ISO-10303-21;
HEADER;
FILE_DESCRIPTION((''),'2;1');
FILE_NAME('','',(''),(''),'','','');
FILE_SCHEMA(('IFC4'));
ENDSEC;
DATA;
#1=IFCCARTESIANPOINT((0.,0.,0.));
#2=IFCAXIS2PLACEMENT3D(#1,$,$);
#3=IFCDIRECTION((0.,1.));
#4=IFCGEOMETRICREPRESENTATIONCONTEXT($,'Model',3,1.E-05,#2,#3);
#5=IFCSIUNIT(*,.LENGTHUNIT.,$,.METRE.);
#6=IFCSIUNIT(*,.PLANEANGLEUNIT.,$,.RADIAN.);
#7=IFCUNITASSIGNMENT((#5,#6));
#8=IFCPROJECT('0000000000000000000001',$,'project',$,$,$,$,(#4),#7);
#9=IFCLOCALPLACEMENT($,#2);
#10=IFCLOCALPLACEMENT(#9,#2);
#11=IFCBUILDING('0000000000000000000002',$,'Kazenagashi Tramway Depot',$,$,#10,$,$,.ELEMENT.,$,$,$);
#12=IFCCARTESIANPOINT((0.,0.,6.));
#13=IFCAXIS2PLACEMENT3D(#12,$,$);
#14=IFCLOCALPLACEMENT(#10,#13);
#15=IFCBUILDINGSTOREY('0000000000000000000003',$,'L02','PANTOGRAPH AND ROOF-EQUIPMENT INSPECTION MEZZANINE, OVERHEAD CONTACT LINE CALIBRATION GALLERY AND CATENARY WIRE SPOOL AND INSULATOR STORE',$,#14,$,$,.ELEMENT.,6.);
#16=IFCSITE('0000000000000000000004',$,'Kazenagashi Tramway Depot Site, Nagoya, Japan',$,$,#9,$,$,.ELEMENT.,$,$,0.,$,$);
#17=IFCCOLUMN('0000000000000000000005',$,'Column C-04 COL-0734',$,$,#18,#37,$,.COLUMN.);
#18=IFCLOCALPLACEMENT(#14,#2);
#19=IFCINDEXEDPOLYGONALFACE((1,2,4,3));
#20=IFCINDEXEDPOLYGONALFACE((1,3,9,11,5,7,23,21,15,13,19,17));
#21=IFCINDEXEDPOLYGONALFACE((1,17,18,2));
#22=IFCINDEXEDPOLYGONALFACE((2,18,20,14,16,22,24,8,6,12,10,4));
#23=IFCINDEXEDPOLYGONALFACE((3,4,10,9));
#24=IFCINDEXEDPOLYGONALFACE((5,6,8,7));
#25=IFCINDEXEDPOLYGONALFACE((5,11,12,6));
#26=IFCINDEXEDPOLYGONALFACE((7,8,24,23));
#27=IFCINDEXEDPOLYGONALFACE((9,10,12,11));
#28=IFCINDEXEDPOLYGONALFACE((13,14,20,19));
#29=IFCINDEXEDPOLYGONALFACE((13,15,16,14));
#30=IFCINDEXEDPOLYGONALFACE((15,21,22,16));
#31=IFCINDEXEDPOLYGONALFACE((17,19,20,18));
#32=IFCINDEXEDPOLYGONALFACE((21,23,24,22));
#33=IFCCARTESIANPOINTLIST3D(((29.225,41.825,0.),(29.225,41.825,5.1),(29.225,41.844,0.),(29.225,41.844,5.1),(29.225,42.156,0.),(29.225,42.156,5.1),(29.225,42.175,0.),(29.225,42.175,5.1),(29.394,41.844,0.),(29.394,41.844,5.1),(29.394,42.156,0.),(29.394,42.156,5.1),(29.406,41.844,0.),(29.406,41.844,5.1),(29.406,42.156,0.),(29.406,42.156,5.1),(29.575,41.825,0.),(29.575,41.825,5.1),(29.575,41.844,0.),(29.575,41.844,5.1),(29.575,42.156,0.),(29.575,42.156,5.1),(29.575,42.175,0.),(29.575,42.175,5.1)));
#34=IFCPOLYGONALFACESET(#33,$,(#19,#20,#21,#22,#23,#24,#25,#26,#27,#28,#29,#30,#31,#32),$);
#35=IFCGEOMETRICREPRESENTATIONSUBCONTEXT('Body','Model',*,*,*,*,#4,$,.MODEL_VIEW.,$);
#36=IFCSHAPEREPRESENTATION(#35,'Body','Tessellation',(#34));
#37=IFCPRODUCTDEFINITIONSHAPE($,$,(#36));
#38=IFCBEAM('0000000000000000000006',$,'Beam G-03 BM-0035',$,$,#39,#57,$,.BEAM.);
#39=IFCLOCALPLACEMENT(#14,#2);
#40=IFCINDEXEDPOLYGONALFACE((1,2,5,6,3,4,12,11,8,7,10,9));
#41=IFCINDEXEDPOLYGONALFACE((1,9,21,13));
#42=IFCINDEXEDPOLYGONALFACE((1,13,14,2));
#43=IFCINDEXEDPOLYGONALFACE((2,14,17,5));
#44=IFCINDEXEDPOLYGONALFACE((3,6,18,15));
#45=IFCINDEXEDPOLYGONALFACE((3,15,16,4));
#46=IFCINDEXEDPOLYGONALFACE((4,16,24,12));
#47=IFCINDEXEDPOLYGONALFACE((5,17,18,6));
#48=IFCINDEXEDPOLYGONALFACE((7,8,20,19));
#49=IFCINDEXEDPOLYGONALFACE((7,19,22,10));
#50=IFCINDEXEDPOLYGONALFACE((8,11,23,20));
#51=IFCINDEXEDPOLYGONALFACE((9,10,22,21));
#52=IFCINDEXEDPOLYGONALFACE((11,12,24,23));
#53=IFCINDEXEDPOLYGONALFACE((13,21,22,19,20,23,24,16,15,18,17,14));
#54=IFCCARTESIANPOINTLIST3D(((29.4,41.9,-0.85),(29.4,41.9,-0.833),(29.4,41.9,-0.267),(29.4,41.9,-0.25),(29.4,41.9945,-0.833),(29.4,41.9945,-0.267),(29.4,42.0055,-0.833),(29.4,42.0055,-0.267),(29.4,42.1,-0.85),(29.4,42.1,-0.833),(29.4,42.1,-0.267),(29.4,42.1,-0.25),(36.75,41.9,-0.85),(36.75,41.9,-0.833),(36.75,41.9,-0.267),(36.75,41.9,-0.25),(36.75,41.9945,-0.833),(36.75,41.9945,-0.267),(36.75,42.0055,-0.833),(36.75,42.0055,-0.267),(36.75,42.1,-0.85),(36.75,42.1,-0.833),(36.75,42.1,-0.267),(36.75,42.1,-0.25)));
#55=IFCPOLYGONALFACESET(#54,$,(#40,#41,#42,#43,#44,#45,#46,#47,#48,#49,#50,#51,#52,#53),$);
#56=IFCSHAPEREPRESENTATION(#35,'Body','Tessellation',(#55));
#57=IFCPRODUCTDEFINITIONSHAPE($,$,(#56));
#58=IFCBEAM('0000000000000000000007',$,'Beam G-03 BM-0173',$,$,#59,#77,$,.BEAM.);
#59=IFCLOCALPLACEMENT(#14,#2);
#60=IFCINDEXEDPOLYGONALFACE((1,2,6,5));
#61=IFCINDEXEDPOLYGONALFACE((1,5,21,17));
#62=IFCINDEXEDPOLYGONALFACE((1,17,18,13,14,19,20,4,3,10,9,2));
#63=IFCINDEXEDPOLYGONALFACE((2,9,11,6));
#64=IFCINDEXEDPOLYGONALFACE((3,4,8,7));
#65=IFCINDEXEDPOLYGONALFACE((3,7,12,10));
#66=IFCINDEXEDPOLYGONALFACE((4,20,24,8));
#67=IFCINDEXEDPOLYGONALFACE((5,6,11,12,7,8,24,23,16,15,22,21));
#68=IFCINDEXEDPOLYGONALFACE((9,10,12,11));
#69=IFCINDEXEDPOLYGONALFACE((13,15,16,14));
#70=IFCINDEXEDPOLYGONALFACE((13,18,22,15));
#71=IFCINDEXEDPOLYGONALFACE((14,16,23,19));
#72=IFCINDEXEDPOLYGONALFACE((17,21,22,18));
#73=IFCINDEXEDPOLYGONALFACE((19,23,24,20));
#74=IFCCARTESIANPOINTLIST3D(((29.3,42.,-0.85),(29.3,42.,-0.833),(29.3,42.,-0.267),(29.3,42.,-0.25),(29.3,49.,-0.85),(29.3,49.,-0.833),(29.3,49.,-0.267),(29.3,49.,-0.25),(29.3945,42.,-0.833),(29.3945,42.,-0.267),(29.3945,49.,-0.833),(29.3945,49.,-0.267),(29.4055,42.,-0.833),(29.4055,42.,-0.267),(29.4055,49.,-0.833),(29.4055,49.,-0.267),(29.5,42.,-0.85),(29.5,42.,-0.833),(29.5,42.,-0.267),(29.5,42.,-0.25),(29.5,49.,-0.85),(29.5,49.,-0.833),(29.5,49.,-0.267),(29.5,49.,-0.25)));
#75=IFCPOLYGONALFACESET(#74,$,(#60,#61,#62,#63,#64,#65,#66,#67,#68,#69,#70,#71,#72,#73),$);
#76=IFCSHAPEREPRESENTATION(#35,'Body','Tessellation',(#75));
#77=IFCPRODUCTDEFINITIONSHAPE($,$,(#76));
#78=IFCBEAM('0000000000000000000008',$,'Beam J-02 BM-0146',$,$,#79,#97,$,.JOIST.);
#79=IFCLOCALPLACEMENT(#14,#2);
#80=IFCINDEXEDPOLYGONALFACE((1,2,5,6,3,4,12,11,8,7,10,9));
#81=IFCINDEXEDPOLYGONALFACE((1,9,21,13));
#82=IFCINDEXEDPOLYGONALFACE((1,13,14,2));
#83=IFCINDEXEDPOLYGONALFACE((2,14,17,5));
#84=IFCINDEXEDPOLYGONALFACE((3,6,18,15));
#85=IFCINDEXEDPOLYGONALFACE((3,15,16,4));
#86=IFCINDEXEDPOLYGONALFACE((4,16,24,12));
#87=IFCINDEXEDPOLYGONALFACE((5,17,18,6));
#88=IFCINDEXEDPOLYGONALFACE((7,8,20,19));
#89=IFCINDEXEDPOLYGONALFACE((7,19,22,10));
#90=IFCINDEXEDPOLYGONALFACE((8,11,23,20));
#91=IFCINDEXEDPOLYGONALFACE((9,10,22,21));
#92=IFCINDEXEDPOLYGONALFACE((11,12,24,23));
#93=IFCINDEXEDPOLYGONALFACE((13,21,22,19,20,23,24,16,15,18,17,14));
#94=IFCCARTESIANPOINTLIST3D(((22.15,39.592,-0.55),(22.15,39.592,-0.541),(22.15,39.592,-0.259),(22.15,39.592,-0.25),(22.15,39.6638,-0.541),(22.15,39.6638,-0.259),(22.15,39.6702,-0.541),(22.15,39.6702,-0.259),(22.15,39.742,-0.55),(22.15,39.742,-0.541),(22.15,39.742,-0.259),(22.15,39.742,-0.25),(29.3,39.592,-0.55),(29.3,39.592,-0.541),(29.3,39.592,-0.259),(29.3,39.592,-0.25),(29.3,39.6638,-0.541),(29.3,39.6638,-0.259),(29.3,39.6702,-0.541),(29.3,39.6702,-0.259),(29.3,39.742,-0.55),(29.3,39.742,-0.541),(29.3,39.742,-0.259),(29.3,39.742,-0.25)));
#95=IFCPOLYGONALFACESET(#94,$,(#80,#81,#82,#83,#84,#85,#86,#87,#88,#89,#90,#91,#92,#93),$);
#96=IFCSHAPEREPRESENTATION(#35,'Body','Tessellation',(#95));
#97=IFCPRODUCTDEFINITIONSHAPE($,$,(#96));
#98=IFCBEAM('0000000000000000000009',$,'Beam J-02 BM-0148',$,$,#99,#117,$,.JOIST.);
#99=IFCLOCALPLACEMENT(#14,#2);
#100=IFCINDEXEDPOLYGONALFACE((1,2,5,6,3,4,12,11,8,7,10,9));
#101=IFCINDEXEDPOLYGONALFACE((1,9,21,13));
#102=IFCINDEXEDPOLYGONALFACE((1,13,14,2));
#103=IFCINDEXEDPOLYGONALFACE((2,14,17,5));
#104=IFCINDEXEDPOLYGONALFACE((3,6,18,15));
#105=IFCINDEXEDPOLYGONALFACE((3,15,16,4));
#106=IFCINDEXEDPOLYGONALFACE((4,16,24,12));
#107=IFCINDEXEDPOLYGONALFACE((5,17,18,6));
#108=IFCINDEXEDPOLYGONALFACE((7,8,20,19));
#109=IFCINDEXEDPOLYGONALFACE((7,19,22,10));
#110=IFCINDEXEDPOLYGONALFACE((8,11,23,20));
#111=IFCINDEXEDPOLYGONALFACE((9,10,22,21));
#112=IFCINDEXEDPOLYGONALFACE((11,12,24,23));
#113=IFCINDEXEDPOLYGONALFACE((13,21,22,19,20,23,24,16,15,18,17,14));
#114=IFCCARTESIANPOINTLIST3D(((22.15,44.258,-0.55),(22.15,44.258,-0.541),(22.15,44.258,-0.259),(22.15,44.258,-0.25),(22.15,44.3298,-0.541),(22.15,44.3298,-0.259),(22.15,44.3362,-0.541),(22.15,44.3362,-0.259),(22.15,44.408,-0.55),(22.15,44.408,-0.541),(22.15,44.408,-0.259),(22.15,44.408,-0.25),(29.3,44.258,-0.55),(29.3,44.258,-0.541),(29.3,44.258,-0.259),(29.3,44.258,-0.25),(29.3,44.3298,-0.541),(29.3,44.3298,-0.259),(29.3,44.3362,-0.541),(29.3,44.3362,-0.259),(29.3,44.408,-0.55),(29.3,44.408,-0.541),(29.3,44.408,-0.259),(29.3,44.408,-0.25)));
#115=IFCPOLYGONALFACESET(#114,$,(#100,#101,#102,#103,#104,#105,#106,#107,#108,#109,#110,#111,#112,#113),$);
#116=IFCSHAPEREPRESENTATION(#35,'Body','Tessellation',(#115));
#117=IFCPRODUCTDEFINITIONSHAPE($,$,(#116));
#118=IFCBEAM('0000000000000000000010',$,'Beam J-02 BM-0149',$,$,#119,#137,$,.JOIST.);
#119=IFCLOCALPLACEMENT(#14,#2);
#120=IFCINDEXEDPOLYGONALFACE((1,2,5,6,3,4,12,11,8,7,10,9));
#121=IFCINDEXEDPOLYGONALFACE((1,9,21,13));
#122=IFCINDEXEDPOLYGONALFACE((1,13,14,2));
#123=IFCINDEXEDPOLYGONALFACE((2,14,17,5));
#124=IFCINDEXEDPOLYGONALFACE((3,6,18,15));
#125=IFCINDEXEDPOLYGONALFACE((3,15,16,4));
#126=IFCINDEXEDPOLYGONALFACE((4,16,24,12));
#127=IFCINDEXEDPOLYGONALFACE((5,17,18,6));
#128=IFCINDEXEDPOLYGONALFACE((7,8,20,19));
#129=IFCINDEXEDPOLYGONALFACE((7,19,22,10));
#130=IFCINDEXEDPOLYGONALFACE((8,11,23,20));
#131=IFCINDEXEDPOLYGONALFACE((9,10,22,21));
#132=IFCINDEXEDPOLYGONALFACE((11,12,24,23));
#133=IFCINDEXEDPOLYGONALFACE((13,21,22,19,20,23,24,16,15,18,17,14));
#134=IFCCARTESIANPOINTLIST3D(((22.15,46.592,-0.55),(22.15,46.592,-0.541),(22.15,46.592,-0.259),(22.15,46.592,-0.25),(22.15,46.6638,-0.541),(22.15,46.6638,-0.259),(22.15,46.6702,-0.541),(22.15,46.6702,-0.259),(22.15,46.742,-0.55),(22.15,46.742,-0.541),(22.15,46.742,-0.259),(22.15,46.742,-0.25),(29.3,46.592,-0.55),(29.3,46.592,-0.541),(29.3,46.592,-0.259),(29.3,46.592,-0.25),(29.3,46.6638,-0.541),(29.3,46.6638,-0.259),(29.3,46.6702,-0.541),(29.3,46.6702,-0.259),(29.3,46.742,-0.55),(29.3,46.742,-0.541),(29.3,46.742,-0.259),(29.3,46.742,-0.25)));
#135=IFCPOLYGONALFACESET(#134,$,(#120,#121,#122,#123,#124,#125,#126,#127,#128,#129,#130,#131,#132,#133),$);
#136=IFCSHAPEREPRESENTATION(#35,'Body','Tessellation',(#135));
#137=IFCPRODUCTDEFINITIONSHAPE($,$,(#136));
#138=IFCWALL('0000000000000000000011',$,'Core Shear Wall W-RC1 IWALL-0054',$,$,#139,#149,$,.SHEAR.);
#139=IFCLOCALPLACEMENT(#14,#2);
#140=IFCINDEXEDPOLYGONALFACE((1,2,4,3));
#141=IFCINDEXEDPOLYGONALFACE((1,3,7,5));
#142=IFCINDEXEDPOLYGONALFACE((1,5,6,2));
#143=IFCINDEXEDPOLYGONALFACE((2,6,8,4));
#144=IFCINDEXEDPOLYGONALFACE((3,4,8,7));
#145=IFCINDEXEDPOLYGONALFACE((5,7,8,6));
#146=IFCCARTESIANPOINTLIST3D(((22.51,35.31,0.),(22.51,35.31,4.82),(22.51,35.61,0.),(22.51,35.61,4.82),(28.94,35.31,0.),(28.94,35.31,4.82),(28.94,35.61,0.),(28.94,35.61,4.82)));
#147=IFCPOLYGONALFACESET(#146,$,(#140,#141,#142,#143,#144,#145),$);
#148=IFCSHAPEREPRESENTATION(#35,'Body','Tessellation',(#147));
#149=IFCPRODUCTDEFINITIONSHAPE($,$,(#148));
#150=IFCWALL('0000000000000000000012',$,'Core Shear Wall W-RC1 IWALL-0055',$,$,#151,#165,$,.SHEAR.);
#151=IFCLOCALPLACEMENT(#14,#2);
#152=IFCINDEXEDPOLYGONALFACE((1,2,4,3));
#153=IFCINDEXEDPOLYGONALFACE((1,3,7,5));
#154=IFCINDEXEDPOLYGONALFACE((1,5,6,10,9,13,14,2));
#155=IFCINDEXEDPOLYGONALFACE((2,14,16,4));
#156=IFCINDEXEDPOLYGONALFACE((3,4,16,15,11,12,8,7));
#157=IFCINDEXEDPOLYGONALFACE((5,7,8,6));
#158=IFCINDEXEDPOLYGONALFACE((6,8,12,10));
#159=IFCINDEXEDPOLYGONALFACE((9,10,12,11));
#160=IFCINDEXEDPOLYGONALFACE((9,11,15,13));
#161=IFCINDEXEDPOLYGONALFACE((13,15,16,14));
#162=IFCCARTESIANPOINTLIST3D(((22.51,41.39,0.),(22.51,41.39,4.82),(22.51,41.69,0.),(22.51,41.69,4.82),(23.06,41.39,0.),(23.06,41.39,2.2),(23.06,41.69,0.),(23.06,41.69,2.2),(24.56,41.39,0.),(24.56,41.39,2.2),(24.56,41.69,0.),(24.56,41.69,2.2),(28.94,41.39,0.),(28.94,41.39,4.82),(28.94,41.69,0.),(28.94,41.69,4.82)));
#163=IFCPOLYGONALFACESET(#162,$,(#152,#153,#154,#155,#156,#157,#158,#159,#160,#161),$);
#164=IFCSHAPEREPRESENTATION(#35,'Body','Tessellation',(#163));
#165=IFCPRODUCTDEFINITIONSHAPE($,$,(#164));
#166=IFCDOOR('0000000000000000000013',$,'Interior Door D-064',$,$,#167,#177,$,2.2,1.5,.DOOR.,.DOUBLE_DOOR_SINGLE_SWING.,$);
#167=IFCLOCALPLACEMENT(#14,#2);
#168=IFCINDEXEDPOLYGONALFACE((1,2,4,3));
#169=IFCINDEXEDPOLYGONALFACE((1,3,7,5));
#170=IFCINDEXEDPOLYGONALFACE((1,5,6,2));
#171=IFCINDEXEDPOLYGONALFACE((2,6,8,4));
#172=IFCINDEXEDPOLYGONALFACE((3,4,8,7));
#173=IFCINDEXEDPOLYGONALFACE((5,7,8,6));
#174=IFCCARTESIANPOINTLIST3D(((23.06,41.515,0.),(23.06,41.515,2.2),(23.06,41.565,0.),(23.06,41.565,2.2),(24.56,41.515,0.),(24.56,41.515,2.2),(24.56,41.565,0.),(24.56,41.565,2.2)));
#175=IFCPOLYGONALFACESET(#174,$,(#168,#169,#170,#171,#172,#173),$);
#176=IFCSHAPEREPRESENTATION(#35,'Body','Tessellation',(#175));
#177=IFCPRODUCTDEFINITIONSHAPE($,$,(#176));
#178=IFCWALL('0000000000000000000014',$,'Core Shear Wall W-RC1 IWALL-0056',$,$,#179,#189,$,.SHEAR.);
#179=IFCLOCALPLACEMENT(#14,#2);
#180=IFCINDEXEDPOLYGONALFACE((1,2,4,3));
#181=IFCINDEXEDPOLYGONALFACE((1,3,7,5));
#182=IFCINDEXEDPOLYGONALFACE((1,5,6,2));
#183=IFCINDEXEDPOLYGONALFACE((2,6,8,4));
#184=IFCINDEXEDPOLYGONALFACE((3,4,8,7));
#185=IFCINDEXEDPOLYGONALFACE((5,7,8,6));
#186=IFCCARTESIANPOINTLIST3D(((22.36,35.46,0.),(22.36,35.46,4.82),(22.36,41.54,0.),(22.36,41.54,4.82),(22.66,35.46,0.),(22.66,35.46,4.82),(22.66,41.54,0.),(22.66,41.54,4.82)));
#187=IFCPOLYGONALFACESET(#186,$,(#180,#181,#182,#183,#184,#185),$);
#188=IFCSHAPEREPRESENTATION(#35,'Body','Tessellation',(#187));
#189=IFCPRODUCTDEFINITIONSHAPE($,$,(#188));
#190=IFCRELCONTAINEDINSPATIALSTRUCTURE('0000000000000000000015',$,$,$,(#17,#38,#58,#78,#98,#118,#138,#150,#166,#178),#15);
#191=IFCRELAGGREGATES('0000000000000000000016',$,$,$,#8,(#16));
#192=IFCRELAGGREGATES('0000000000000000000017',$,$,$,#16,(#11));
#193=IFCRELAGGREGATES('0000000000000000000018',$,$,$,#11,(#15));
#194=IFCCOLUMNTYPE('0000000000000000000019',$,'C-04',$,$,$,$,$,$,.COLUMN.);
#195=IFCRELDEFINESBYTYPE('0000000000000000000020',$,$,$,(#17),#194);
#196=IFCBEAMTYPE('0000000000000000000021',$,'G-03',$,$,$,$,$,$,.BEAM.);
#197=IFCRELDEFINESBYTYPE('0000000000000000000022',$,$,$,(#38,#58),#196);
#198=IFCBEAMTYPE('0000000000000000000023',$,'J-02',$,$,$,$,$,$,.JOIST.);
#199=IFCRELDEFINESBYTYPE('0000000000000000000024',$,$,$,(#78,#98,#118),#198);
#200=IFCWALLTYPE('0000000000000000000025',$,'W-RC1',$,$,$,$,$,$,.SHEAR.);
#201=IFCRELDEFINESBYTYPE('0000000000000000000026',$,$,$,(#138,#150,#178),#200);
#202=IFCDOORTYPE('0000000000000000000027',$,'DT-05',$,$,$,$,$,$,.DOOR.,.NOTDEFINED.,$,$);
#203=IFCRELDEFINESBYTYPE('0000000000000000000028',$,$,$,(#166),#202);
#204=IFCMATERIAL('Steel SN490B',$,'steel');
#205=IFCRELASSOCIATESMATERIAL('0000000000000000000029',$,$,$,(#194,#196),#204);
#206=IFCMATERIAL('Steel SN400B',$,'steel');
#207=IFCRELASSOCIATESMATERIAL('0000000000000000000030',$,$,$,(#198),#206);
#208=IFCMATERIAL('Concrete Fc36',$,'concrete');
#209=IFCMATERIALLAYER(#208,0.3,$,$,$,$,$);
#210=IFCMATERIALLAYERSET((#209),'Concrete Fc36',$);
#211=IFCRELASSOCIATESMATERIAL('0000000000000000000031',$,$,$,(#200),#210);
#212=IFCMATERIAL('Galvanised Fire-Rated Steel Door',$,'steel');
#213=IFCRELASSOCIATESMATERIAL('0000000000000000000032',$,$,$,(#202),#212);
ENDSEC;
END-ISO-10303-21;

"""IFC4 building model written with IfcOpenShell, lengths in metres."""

from ifc_helpers import new_model, si_unit, direction, frame, frame_2d, origin, origin_2d, place, context, subcontext, project, spatial, rectangle, i_section, extrude, material, layer, layer_set, material_profile, profile_set, type_object, element, fill, save


model = new_model("IFC4")

# Units and contexts
model_context = context("Model", 3, precision=1e-05, world=origin(), true_north=direction((0.0, 1.0)))
body_context = subcontext(model_context, "Body", "Model", "MODEL_VIEW")
ifc_project = project(units=[si_unit("LENGTHUNIT", "METRE"), si_unit("PLANEANGLEUNIT", "RADIAN")], contexts=[model_context])

# Site, building, storey
site_placement = place(None, origin())
site = spatial("IfcSite", under=ifc_project, at=site_placement, Name="Kazenagashi Tramway Depot Site, Nagoya, Japan", CompositionType="ELEMENT", RefElevation=0.0)
building_placement = place(site_placement, origin())
building = spatial("IfcBuilding", under=site, at=building_placement, Name="Kazenagashi Tramway Depot", CompositionType="ELEMENT")
storey_placement = place(building_placement, frame((0.0, 0.0, 6.0)))
storey = spatial("IfcBuildingStorey", under=building, at=storey_placement, Name="L02", Description="PANTOGRAPH AND ROOF-EQUIPMENT INSPECTION MEZZANINE, OVERHEAD CONTACT LINE CALIBRATION GALLERY AND CATENARY WIRE SPOOL AND INSULATOR STORE", CompositionType="ELEMENT", Elevation=6.0)

# Column
ifc_material_1 = material(Name="Steel SN490B", Category="steel")
ifc_material_profile_1 = material_profile(ifc_material_1, i_section(OverallWidth=0.35, OverallDepth=0.35, WebThickness=0.012, FlangeThickness=0.019, at=origin_2d()), Name="H-350x350x12x19")
ifc_profile_set_1 = profile_set([ifc_material_profile_1], Name="Steel SN490B")
column_type = type_object("IfcColumnType", Name="C-04", PredefinedType="COLUMN", material=ifc_profile_set_1)
column_placement = place(storey_placement, frame((29.4, 42.0, 0.0), z_axis=(0.0, 0.0, 1.0), x_axis=(1.0, 0.0, 0.0)))
element("IfcColumn", 1, at=column_placement, inside=storey, type_object=column_type, Name="Column C-04 COL-0734", PredefinedType="COLUMN", context=body_context, shape_type="SweptSolid", body=[
    extrude(i_section(OverallWidth=0.35, OverallDepth=0.35, WebThickness=0.012, FlangeThickness=0.019, at=origin_2d()), origin(), (0.0, 0.0, 1.0), 5.1),
])

# Beams
ifc_material_profile_2 = material_profile(ifc_material_1, i_section(OverallWidth=0.2, OverallDepth=0.6, WebThickness=0.011, FlangeThickness=0.017, at=origin_2d()), Name="H-600x200x11x17")
ifc_profile_set_2 = profile_set([ifc_material_profile_2], Name="Steel SN490B")
beam_type_1 = type_object("IfcBeamType", Name="G-03", PredefinedType="BEAM", material=ifc_profile_set_2)
beam_1_placement = place(storey_placement, frame((29.4, 42.0, -0.55), z_axis=(1.0, 0.0, 0.0), x_axis=(0.0, 1.0, 0.0)))
element("IfcBeam", 2, at=beam_1_placement, inside=storey, type_object=beam_type_1, Name="Beam G-03 BM-0035", PredefinedType="BEAM", context=body_context, shape_type="SweptSolid", body=[
    extrude(i_section(OverallWidth=0.2, OverallDepth=0.6, WebThickness=0.011, FlangeThickness=0.017, at=origin_2d()), origin(), (0.0, 0.0, 1.0), 7.35),
])
beam_2_placement = place(storey_placement, frame((29.4, 42.0, -0.55), z_axis=(0.0, 1.0, 0.0), x_axis=(-1.0, 0.0, 0.0)))
element("IfcBeam", 3, at=beam_2_placement, inside=storey, type_object=beam_type_1, Name="Beam G-03 BM-0173", PredefinedType="BEAM", context=body_context, shape_type="SweptSolid", body=[
    extrude(i_section(OverallWidth=0.2, OverallDepth=0.6, WebThickness=0.011, FlangeThickness=0.017, at=origin_2d()), origin(), (0.0, 0.0, 1.0), 7.0),
])
ifc_material_2 = material(Name="Steel SN400B", Category="steel")
ifc_material_profile_3 = material_profile(ifc_material_2, i_section(OverallWidth=0.15, OverallDepth=0.3, WebThickness=0.0065, FlangeThickness=0.009, at=origin_2d()), Name="H-300x150x6.5x9")
ifc_profile_set_3 = profile_set([ifc_material_profile_3], Name="Steel SN400B")
beam_type_2 = type_object("IfcBeamType", Name="J-02", PredefinedType="JOIST", material=ifc_profile_set_3)
for number, where, z_axis, x_axis, name in (
    (4, (22.15, 39.667, -0.4), (1.0, 0.0, 0.0), (0.0, 1.0, 0.0), "Beam J-02 BM-0146"),
    (5, (22.15, 44.333, -0.4), (1.0, 0.0, 0.0), (0.0, 1.0, 0.0), "Beam J-02 BM-0148"),
    (6, (22.15, 46.667, -0.4), (1.0, 0.0, 0.0), (0.0, 1.0, 0.0), "Beam J-02 BM-0149"),
):
    element("IfcBeam", number, at=place(storey_placement, frame(where, z_axis=z_axis, x_axis=x_axis)), inside=storey, type_object=beam_type_2, Name=name, PredefinedType="JOIST", context=body_context, shape_type="SweptSolid", body=[
        extrude(i_section(OverallWidth=0.15, OverallDepth=0.3, WebThickness=0.0065, FlangeThickness=0.009, at=origin_2d()), origin(), (0.0, 0.0, 1.0), 7.15),
    ])

# Wall
ifc_material_3 = material(Name="Concrete Fc36", Category="concrete")
ifc_layer_1 = layer(ifc_material_3, 0.3)
ifc_layer_set_1 = layer_set([ifc_layer_1], Name="Concrete Fc36")
wall_type = type_object("IfcWallType", Name="W-RC1", PredefinedType="SHEAR", material=ifc_layer_set_1)
wall_1_placement = place(storey_placement, frame((22.51, 35.46, 0.0), z_axis=(0.0, 0.0, 1.0), x_axis=(1.0, 0.0, 0.0)))
element("IfcWall", 7, at=wall_1_placement, inside=storey, type_object=wall_type, Name="Core Shear Wall W-RC1 IWALL-0054", PredefinedType="SHEAR", context=body_context, shape_type="SweptSolid", body=[
    extrude(rectangle(XDim=6.43, YDim=0.3, at=frame_2d((3.215, 0.0))), origin(), (0.0, 0.0, 1.0), 4.82),
])

# Wall, opening, door
wall_2_placement = place(storey_placement, frame((22.51, 41.54, 0.0), z_axis=(0.0, 0.0, 1.0), x_axis=(1.0, 0.0, 0.0)))
wall_2 = element("IfcWall", 8, at=wall_2_placement, inside=storey, type_object=wall_type, Name="Core Shear Wall W-RC1 IWALL-0055", PredefinedType="SHEAR", context=body_context, shape_type="SweptSolid", body=[
    extrude(rectangle(XDim=6.43, YDim=0.3, at=frame_2d((3.215, 0.0))), origin(), (0.0, 0.0, 1.0), 4.82),
])
opening_1_placement = place(wall_2_placement, frame((0.55, 0.0, 0.0)))
opening_1 = element("IfcOpeningElement", 9, at=opening_1_placement, cuts=wall_2, PredefinedType="OPENING", context=body_context, shape_type="SweptSolid", body=[
    extrude(rectangle(XDim=1.5, YDim=2.2, at=frame_2d((0.75, 1.1))), frame((0.0, 0.16, 0.0), z_axis=(0.0, -1.0, 0.0), x_axis=(1.0, 0.0, 0.0)), (0.0, 0.0, 1.0), 0.32),
])
ifc_material_4 = material(Name="Galvanised Fire-Rated Steel Door", Category="steel")
door_type_1 = type_object("IfcDoorType", Name="DT-05", OperationType="NOTDEFINED", PredefinedType="DOOR", material=ifc_material_4)
door_1_placement = place(opening_1_placement, origin())
door_1 = element("IfcDoor", 10, at=door_1_placement, inside=storey, type_object=door_type_1, Name="Interior Door D-064", OperationType="DOUBLE_DOOR_SINGLE_SWING", OverallHeight=2.2, OverallWidth=1.5, PredefinedType="DOOR", context=body_context, shape_type="SweptSolid", body=[
    extrude(rectangle(XDim=1.5, YDim=2.2, at=frame_2d((0.75, 1.1))), frame((0.0, 0.025, 0.0), z_axis=(0.0, -1.0, 0.0), x_axis=(1.0, 0.0, 0.0)), (0.0, 0.0, 1.0), 0.05),
])
fill(opening_1, door_1)

# Wall
for number, where, z_axis, x_axis, name in (
    (11, (22.51, 35.46, 0.0), (0.0, 0.0, 1.0), (0.0, 1.0, 0.0), "Core Shear Wall W-RC1 IWALL-0056"),
):
    element("IfcWall", number, at=place(storey_placement, frame(where, z_axis=z_axis, x_axis=x_axis)), inside=storey, type_object=wall_type, Name=name, PredefinedType="SHEAR", context=body_context, shape_type="SweptSolid", body=[
        extrude(rectangle(XDim=6.08, YDim=0.3, at=frame_2d((3.04, 0.0))), origin(), (0.0, 0.0, 1.0), 4.82),
    ])

save(model, "model.ifc")
